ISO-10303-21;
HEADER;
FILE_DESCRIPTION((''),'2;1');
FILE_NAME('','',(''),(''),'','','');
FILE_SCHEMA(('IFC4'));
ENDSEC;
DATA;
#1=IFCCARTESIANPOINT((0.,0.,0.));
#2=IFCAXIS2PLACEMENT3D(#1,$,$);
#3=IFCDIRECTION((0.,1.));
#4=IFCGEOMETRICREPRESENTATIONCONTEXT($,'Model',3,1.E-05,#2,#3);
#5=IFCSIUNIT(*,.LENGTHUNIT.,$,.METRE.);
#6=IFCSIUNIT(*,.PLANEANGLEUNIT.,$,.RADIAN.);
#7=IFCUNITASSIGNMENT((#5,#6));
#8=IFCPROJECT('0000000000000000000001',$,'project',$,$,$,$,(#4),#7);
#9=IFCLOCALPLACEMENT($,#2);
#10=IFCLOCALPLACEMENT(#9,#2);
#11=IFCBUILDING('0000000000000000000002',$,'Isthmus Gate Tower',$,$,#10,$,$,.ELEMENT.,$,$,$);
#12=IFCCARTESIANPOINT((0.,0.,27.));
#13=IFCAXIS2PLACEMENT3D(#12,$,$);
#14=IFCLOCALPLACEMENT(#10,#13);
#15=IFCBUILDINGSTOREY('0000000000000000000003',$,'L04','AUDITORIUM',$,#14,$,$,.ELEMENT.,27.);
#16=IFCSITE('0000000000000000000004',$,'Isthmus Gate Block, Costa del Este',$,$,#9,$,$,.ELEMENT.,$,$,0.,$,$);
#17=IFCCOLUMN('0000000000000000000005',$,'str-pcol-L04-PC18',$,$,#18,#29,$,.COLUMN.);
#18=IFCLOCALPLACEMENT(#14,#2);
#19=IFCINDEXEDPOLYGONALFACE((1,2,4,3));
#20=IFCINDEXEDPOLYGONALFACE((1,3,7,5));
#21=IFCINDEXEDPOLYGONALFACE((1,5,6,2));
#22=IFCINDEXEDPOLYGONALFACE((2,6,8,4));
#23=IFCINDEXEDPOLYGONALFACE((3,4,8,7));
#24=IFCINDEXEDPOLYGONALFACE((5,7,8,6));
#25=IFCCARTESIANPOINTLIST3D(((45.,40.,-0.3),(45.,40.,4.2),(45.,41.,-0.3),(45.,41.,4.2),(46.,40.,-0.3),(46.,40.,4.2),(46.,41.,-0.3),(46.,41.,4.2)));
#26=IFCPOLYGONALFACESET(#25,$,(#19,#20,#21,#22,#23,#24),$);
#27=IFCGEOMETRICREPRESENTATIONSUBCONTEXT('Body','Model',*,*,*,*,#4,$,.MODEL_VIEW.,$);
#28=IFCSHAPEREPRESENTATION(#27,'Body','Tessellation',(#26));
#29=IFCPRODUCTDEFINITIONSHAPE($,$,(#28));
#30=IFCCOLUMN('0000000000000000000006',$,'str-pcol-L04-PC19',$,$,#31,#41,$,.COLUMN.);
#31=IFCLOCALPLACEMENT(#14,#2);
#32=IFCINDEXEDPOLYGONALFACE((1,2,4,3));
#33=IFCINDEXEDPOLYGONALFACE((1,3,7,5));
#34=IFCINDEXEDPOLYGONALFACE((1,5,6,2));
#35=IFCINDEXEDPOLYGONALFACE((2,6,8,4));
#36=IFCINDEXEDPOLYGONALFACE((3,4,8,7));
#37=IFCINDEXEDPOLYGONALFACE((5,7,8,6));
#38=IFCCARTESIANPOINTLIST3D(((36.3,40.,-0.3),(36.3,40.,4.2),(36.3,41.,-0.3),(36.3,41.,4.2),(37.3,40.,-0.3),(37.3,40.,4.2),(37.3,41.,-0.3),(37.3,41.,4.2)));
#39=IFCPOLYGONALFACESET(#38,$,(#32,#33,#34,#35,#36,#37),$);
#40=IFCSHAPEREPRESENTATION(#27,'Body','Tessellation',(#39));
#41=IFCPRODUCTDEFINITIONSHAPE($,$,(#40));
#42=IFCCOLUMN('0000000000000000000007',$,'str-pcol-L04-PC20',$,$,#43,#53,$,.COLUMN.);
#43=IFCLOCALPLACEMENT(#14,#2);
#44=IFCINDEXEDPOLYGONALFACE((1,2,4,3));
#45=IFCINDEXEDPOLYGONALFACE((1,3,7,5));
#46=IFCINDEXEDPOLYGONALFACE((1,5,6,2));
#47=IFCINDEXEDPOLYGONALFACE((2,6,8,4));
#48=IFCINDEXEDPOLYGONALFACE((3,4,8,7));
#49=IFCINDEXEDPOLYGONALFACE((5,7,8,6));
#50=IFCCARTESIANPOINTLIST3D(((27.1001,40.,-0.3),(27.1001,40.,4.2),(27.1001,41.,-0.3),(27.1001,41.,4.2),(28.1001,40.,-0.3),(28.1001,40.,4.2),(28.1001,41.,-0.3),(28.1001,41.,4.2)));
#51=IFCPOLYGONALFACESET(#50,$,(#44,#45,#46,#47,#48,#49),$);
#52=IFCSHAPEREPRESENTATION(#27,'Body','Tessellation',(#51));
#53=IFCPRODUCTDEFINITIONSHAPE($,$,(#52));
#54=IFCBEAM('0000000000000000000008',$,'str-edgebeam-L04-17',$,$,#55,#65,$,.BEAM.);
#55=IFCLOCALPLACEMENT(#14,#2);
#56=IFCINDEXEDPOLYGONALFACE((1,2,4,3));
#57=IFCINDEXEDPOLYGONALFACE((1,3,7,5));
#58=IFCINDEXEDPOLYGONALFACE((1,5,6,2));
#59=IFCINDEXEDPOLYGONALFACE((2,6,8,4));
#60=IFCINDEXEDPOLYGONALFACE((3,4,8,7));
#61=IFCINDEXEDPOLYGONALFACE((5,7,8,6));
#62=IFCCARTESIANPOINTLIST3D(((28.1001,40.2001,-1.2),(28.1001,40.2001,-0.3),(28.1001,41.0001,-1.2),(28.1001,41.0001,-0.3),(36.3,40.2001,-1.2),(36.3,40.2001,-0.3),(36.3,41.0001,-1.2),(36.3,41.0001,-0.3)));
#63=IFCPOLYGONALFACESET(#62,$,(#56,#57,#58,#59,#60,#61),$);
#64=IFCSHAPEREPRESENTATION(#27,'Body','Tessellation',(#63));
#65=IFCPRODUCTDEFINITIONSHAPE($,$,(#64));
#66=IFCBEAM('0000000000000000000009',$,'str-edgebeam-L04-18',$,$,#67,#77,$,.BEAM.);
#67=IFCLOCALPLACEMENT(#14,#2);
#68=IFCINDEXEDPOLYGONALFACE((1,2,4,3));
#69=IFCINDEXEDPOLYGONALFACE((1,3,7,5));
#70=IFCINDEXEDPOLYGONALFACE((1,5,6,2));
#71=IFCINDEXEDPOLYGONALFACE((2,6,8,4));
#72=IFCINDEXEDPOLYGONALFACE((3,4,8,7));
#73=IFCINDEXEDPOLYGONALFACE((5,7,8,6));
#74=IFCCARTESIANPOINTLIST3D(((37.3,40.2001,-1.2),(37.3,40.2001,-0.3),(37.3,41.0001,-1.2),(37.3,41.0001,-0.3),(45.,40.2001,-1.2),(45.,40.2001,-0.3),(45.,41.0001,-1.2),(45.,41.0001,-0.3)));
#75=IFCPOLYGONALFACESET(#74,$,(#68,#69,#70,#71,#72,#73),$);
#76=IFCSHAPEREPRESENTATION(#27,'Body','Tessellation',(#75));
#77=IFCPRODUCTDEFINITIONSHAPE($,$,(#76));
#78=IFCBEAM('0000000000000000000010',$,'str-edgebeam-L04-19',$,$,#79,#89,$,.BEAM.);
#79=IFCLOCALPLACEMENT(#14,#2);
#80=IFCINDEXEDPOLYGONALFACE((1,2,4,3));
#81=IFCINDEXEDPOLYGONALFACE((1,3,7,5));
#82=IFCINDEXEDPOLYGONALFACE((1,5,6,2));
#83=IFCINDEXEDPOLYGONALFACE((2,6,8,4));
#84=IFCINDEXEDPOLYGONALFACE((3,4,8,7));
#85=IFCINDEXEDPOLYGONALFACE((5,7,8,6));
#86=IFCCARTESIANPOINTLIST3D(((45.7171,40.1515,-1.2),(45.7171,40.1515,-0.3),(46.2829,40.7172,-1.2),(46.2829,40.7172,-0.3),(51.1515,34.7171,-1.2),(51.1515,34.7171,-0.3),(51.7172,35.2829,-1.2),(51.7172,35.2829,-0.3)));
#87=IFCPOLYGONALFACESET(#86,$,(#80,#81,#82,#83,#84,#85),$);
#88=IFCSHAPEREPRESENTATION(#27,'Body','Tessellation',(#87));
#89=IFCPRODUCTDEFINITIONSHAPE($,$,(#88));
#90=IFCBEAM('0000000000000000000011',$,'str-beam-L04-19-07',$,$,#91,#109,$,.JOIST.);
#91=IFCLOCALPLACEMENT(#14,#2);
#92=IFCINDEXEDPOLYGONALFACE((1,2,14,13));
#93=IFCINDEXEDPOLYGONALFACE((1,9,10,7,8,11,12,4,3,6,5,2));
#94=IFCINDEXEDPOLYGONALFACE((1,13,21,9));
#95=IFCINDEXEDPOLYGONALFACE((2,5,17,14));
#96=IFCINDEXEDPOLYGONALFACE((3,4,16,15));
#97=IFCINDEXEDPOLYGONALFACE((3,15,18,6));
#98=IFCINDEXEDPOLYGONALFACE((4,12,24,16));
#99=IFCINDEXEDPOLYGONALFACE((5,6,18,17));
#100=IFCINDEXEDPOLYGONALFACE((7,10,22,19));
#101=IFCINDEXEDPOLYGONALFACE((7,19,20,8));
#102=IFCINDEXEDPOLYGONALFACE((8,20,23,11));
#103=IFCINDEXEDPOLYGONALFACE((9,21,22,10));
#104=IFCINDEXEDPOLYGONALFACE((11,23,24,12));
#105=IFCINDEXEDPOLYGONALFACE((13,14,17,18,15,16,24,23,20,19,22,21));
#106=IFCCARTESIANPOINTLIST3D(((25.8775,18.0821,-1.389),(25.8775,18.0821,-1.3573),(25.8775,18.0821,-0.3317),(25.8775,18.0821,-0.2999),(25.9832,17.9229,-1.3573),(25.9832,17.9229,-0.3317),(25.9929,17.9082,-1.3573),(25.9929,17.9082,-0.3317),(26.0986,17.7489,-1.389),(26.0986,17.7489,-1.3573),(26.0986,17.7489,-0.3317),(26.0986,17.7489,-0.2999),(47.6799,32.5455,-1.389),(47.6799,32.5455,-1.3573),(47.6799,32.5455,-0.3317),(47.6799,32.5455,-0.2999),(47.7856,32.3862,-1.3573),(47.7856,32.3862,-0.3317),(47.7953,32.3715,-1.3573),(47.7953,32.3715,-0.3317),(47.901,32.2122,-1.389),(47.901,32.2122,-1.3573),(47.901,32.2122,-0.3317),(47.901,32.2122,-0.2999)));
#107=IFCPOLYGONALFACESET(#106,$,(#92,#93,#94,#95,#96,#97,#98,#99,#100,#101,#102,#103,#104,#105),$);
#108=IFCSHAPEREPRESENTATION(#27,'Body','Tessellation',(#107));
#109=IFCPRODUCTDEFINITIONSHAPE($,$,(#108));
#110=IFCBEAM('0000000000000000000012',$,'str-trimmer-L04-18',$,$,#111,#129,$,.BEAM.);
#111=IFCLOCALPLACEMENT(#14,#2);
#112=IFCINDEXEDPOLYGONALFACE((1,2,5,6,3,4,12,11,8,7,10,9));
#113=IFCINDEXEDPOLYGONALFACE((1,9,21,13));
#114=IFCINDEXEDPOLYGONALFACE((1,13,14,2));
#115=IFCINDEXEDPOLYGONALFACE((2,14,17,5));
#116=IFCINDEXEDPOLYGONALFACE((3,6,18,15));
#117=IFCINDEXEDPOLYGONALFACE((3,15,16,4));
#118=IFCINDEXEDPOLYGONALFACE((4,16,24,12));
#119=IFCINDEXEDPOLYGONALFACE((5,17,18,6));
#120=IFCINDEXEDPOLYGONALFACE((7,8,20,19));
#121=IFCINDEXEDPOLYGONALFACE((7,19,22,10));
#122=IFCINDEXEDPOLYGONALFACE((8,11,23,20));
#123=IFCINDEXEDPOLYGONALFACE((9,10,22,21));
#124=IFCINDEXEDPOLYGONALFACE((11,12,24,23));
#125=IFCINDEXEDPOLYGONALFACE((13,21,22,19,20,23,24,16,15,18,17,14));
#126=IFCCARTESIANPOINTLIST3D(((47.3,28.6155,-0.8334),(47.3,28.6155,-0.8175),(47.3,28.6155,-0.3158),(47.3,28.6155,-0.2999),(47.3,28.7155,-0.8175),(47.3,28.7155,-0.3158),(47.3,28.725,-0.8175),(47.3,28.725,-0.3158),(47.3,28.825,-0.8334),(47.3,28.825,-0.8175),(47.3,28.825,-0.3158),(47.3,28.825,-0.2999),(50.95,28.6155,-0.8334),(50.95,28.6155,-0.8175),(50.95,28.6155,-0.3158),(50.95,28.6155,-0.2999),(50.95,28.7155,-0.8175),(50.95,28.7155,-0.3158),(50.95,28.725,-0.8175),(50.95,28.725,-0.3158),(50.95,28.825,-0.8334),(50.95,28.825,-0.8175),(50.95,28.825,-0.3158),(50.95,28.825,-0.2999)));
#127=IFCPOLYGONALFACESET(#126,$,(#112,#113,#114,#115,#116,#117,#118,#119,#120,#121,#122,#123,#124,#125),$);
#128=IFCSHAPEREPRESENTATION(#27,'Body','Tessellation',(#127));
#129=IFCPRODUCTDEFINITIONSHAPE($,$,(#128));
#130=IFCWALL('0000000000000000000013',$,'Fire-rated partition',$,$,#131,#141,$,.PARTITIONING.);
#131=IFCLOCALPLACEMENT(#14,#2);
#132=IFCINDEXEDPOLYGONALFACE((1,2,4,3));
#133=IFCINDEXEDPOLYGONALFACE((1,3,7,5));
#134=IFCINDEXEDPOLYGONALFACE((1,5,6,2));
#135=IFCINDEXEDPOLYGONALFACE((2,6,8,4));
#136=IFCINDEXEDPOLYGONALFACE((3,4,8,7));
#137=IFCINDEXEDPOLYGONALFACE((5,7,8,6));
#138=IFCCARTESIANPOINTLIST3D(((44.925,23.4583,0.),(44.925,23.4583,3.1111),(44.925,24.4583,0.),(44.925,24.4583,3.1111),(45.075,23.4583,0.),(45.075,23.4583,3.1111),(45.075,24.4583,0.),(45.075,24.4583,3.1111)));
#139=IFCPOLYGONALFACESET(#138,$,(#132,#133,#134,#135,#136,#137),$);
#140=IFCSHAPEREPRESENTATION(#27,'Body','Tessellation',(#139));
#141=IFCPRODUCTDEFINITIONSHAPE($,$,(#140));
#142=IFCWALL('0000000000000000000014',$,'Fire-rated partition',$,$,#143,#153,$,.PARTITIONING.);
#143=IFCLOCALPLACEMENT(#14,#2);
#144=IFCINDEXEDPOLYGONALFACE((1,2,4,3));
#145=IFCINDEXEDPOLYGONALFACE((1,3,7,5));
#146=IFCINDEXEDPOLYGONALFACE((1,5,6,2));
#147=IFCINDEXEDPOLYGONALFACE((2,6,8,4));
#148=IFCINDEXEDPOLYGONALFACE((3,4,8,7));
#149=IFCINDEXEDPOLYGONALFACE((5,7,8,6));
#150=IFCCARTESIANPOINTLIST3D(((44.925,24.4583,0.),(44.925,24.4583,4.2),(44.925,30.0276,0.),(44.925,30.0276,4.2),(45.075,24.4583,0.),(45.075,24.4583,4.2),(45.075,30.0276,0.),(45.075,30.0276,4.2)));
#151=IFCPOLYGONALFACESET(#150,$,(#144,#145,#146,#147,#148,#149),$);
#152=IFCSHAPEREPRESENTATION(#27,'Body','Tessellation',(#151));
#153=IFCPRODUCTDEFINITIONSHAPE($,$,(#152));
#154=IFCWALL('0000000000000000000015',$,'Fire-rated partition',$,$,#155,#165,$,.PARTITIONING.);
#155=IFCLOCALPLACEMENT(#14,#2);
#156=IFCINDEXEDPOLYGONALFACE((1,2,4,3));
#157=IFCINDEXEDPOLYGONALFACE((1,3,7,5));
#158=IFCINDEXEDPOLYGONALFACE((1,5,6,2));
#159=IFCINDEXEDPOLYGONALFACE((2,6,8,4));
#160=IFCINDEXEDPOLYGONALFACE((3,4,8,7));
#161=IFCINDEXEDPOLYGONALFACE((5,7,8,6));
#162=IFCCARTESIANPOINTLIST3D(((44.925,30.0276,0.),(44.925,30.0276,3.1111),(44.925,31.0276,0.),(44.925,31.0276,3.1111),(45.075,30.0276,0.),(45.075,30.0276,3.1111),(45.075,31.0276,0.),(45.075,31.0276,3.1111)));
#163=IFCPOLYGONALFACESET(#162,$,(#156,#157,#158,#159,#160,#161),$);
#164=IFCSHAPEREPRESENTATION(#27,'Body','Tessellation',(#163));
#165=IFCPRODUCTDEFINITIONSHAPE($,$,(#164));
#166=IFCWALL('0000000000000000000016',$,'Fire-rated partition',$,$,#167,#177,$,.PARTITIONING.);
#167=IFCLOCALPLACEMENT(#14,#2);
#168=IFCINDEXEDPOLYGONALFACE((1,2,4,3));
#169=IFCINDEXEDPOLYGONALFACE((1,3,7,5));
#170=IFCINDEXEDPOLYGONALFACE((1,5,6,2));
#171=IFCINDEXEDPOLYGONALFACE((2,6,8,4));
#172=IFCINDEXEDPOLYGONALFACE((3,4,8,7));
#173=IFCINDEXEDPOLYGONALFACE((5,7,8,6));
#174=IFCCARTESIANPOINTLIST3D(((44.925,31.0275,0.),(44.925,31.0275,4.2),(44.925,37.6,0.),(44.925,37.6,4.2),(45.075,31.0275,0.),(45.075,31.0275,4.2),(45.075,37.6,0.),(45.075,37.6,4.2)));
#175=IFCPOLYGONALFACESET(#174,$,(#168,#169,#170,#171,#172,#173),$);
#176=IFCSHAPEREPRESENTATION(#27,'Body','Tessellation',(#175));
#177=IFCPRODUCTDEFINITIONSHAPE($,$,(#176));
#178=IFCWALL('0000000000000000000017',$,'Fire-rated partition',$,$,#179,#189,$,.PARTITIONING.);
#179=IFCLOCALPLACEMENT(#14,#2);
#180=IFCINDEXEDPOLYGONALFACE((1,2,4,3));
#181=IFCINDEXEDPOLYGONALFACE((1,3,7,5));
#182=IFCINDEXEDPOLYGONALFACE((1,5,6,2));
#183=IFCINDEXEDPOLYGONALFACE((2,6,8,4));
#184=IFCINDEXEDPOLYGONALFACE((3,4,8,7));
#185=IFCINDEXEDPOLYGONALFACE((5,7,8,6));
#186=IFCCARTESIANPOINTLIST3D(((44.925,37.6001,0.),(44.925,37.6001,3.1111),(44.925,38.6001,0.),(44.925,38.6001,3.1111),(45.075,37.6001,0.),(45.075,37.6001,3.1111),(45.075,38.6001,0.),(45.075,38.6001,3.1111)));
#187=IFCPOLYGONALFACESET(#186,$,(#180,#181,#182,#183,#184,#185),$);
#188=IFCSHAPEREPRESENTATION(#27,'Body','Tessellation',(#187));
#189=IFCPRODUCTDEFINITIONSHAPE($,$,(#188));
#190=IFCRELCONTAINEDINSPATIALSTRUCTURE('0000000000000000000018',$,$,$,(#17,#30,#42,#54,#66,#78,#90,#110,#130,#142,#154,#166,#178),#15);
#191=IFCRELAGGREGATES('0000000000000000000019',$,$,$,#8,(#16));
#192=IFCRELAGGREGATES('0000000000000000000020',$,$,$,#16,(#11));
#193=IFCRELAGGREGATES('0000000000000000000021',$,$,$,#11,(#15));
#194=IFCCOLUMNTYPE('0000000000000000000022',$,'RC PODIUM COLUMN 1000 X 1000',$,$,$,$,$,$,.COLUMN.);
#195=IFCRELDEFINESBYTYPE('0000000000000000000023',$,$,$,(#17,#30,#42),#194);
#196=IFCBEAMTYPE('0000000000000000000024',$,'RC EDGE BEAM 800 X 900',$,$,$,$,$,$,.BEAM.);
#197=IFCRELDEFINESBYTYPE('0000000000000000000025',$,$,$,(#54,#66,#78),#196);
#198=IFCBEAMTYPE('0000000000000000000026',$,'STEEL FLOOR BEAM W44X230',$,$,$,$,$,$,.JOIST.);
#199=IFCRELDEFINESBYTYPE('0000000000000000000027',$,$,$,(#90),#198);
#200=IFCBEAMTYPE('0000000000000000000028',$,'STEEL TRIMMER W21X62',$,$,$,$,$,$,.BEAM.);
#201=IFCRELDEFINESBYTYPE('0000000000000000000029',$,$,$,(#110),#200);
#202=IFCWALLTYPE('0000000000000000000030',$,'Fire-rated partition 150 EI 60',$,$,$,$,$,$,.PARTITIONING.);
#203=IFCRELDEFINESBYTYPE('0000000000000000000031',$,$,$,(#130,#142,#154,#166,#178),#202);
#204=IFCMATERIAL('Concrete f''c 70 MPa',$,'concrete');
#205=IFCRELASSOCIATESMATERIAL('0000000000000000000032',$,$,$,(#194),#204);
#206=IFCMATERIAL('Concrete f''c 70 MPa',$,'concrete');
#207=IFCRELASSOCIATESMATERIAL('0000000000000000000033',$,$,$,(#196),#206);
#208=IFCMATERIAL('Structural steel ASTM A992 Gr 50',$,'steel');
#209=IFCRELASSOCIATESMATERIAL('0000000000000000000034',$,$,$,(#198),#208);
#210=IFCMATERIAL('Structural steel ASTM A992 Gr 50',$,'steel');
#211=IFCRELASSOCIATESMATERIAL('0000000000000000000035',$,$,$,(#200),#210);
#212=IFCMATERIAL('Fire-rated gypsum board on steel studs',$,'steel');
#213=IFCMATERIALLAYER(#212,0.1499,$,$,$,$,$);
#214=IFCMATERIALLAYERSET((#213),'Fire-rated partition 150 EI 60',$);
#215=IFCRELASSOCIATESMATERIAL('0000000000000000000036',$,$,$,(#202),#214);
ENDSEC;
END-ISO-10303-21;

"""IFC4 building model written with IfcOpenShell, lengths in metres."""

from ifc_helpers import new_model, si_unit, direction, frame, frame_2d, origin, origin_2d, place, context, subcontext, project, spatial, rectangle, i_section, extrude, material, layer, layer_set, material_profile, profile_set, type_object, element, save


model = new_model("IFC4")

# Units and contexts
model_context = context("Model", 3, precision=1e-05, world=origin(), true_north=direction((0.0, 1.0)))
body_context = subcontext(model_context, "Body", "Model", "MODEL_VIEW")
ifc_project = project(units=[si_unit("LENGTHUNIT", "METRE"), si_unit("PLANEANGLEUNIT", "RADIAN")], contexts=[model_context])

# Site, building, storey
site_placement = place(None, origin())
site = spatial("IfcSite", under=ifc_project, at=site_placement, Name="Isthmus Gate Block, Costa del Este", CompositionType="ELEMENT", RefElevation=0.0)
building_placement = place(site_placement, origin())
building = spatial("IfcBuilding", under=site, at=building_placement, Name="Isthmus Gate Tower", CompositionType="ELEMENT")
storey_placement = place(building_placement, frame((0.0, 0.0, 27.0)))
storey = spatial("IfcBuildingStorey", under=building, at=storey_placement, Name="L04", Description="AUDITORIUM", CompositionType="ELEMENT", Elevation=27.0)

# Columns
ifc_material_1 = material(Name="Concrete f'c 70 MPa", Category="concrete")
ifc_material_profile_1 = material_profile(ifc_material_1, rectangle(XDim=1.0, YDim=1.0, at=origin_2d()), Name="RC 1000X1000")
ifc_profile_set_1 = profile_set([ifc_material_profile_1], Name="Concrete f'c 70 MPa")
column_type = type_object("IfcColumnType", Name="RC PODIUM COLUMN 1000 X 1000", PredefinedType="COLUMN", material=ifc_profile_set_1)
for number, where, z_axis, x_axis, name in (
    (1, (45.5, 40.5, -0.3), (0.0, 0.0, 1.0), (-1.0, 0.0, 0.0), "str-pcol-L04-PC18"),
    (2, (36.8, 40.5, -0.3), (0.0, 0.0, 1.0), (-1.0, 0.0, 0.0), "str-pcol-L04-PC19"),
    (3, (27.6001, 40.5, -0.3), (0.0, 0.0, 1.0), (-1.0, 0.0, 0.0), "str-pcol-L04-PC20"),
):
    element("IfcColumn", number, at=place(storey_placement, frame(where, z_axis=z_axis, x_axis=x_axis)), inside=storey, type_object=column_type, Name=name, PredefinedType="COLUMN", context=body_context, shape_type="SweptSolid", body=[
        extrude(rectangle(XDim=1.0, YDim=1.0, at=origin_2d()), origin(), (0.0, 0.0, 1.0), 4.5),
    ])

# Beams
ifc_material_2 = material(Name="Concrete f'c 70 MPa", Category="concrete")
ifc_material_profile_2 = material_profile(ifc_material_2, rectangle(XDim=0.8, YDim=0.8999, at=origin_2d()), Name="RC 800X900")
ifc_profile_set_2 = profile_set([ifc_material_profile_2], Name="Concrete f'c 70 MPa")
beam_type_1 = type_object("IfcBeamType", Name="RC EDGE BEAM 800 X 900", PredefinedType="BEAM", material=ifc_profile_set_2)
beam_1_placement = place(storey_placement, frame((28.1001, 40.6001, -0.75), z_axis=(1.0, 0.0, 0.0), x_axis=(0.0, 1.0, 0.0)))
element("IfcBeam", 4, at=beam_1_placement, inside=storey, type_object=beam_type_1, Name="str-edgebeam-L04-17", PredefinedType="BEAM", context=body_context, shape_type="SweptSolid", body=[
    extrude(rectangle(XDim=0.8, YDim=0.8999, at=origin_2d()), origin(), (0.0, 0.0, 1.0), 8.2),
])
beam_2_placement = place(storey_placement, frame((37.3, 40.6001, -0.75), z_axis=(1.0, 0.0, 0.0), x_axis=(0.0, 1.0, 0.0)))
element("IfcBeam", 5, at=beam_2_placement, inside=storey, type_object=beam_type_1, Name="str-edgebeam-L04-18", PredefinedType="BEAM", context=body_context, shape_type="SweptSolid", body=[
    extrude(rectangle(XDim=0.8, YDim=0.8999, at=origin_2d()), origin(), (0.0, 0.0, 1.0), 7.7),
])
beam_3_placement = place(storey_placement, frame((46.0, 40.4343, -0.75), z_axis=(0.707107, -0.707107, 0.0), x_axis=(0.707107, 0.707107, 0.0)))
element("IfcBeam", 6, at=beam_3_placement, inside=storey, type_object=beam_type_1, Name="str-edgebeam-L04-19", PredefinedType="BEAM", context=body_context, shape_type="SweptSolid", body=[
    extrude(rectangle(XDim=0.8, YDim=0.8999, at=origin_2d()), origin(), (0.0, 0.0, 1.0), 7.6853),
])
ifc_material_3 = material(Name="Structural steel ASTM A992 Gr 50", Category="steel")
ifc_material_profile_3 = material_profile(ifc_material_3, i_section(OverallWidth=0.3999, OverallDepth=1.0891, WebThickness=0.0176, FlangeThickness=0.0317, at=origin_2d()), Name="W44X230")
ifc_profile_set_3 = profile_set([ifc_material_profile_3], Name="Structural steel ASTM A992 Gr 50")
beam_type_2 = type_object("IfcBeamType", Name="STEEL FLOOR BEAM W44X230", PredefinedType="JOIST", material=ifc_profile_set_3)
beam_4_placement = place(storey_placement, frame((25.988, 17.9155, -0.8445), z_axis=(0.833311, 0.552804, 0.0), x_axis=(-0.552804, 0.833311, 0.0)))
element("IfcBeam", 7, at=beam_4_placement, inside=storey, type_object=beam_type_2, Name="str-beam-L04-19-07", PredefinedType="JOIST", context=body_context, shape_type="SweptSolid", body=[
    extrude(i_section(OverallWidth=0.3999, OverallDepth=1.0891, WebThickness=0.0176, FlangeThickness=0.0317, at=origin_2d()), origin(), (0.0, 0.0, 1.0), 26.1636),
])
ifc_material_4 = material(Name="Structural steel ASTM A992 Gr 50", Category="steel")
ifc_material_profile_4 = material_profile(ifc_material_4, i_section(OverallWidth=0.2095, OverallDepth=0.5334, WebThickness=0.0095, FlangeThickness=0.0159, at=origin_2d()), Name="W21X62")
ifc_profile_set_4 = profile_set([ifc_material_profile_4], Name="Structural steel ASTM A992 Gr 50")
beam_type_3 = type_object("IfcBeamType", Name="STEEL TRIMMER W21X62", PredefinedType="BEAM", material=ifc_profile_set_4)
beam_5_placement = place(storey_placement, frame((47.3, 28.7202, -0.5667), z_axis=(1.0, 0.0, 0.0), x_axis=(0.0, 1.0, 0.0)))
element("IfcBeam", 8, at=beam_5_placement, inside=storey, type_object=beam_type_3, Name="str-trimmer-L04-18", PredefinedType="BEAM", context=body_context, shape_type="SweptSolid", body=[
    extrude(i_section(OverallWidth=0.2095, OverallDepth=0.5334, WebThickness=0.0095, FlangeThickness=0.0159, at=origin_2d()), origin(), (0.0, 0.0, 1.0), 3.6499),
])

# Walls
ifc_material_5 = material(Name="Fire-rated gypsum board on steel studs", Category="steel")
ifc_layer_1 = layer(ifc_material_5, 0.1499)
ifc_layer_set_1 = layer_set([ifc_layer_1], Name="Fire-rated partition 150 EI 60")
wall_type_1 = type_object("IfcWallType", Name="Fire-rated partition 150 EI 60", PredefinedType="PARTITIONING", material=ifc_layer_set_1)
wall_1_placement = place(storey_placement, frame((45.0, 23.4583, 0.0), z_axis=(0.0, 0.0, 1.0), x_axis=(0.0, 1.0, 0.0)))
element("IfcWall", 9, at=wall_1_placement, inside=storey, type_object=wall_type_1, Name="Fire-rated partition", PredefinedType="PARTITIONING", context=body_context, shape_type="SweptSolid", body=[
    extrude(rectangle(XDim=1.0, YDim=0.1499, at=frame_2d((0.5, 0.0))), origin(), (0.0, 0.0, 1.0), 3.1111),
])
wall_2_placement = place(storey_placement, frame((45.0, 24.4583, 0.0), z_axis=(0.0, 0.0, 1.0), x_axis=(0.0, 1.0, 0.0)))
element("IfcWall", 10, at=wall_2_placement, inside=storey, type_object=wall_type_1, Name="Fire-rated partition", PredefinedType="PARTITIONING", context=body_context, shape_type="SweptSolid", body=[
    extrude(rectangle(XDim=5.5693, YDim=0.1499, at=frame_2d((2.7847, 0.0))), origin(), (0.0, 0.0, 1.0), 4.2),
])
wall_3_placement = place(storey_placement, frame((45.0, 30.0276, 0.0), z_axis=(0.0, 0.0, 1.0), x_axis=(0.0, 1.0, 0.0)))
element("IfcWall", 11, at=wall_3_placement, inside=storey, type_object=wall_type_1, Name="Fire-rated partition", PredefinedType="PARTITIONING", context=body_context, shape_type="SweptSolid", body=[
    extrude(rectangle(XDim=1.0, YDim=0.1499, at=frame_2d((0.5, 0.0))), origin(), (0.0, 0.0, 1.0), 3.1111),
])
wall_4_placement = place(storey_placement, frame((45.0, 31.0276, 0.0), z_axis=(0.0, 0.0, 1.0), x_axis=(0.0, 1.0, 0.0)))
element("IfcWall", 12, at=wall_4_placement, inside=storey, type_object=wall_type_1, Name="Fire-rated partition", PredefinedType="PARTITIONING", context=body_context, shape_type="SweptSolid", body=[
    extrude(rectangle(XDim=6.5725, YDim=0.1499, at=frame_2d((3.2861, 0.0))), origin(), (0.0, 0.0, 1.0), 4.2),
])
wall_5_placement = place(storey_placement, frame((45.0, 37.6001, 0.0), z_axis=(0.0, 0.0, 1.0), x_axis=(0.0, 1.0, 0.0)))
element("IfcWall", 13, at=wall_5_placement, inside=storey, type_object=wall_type_1, Name="Fire-rated partition", PredefinedType="PARTITIONING", context=body_context, shape_type="SweptSolid", body=[
    extrude(rectangle(XDim=1.0, YDim=0.1499, at=frame_2d((0.5, 0.0))), origin(), (0.0, 0.0, 1.0), 3.1111),
])

save(model, "model.ifc")
